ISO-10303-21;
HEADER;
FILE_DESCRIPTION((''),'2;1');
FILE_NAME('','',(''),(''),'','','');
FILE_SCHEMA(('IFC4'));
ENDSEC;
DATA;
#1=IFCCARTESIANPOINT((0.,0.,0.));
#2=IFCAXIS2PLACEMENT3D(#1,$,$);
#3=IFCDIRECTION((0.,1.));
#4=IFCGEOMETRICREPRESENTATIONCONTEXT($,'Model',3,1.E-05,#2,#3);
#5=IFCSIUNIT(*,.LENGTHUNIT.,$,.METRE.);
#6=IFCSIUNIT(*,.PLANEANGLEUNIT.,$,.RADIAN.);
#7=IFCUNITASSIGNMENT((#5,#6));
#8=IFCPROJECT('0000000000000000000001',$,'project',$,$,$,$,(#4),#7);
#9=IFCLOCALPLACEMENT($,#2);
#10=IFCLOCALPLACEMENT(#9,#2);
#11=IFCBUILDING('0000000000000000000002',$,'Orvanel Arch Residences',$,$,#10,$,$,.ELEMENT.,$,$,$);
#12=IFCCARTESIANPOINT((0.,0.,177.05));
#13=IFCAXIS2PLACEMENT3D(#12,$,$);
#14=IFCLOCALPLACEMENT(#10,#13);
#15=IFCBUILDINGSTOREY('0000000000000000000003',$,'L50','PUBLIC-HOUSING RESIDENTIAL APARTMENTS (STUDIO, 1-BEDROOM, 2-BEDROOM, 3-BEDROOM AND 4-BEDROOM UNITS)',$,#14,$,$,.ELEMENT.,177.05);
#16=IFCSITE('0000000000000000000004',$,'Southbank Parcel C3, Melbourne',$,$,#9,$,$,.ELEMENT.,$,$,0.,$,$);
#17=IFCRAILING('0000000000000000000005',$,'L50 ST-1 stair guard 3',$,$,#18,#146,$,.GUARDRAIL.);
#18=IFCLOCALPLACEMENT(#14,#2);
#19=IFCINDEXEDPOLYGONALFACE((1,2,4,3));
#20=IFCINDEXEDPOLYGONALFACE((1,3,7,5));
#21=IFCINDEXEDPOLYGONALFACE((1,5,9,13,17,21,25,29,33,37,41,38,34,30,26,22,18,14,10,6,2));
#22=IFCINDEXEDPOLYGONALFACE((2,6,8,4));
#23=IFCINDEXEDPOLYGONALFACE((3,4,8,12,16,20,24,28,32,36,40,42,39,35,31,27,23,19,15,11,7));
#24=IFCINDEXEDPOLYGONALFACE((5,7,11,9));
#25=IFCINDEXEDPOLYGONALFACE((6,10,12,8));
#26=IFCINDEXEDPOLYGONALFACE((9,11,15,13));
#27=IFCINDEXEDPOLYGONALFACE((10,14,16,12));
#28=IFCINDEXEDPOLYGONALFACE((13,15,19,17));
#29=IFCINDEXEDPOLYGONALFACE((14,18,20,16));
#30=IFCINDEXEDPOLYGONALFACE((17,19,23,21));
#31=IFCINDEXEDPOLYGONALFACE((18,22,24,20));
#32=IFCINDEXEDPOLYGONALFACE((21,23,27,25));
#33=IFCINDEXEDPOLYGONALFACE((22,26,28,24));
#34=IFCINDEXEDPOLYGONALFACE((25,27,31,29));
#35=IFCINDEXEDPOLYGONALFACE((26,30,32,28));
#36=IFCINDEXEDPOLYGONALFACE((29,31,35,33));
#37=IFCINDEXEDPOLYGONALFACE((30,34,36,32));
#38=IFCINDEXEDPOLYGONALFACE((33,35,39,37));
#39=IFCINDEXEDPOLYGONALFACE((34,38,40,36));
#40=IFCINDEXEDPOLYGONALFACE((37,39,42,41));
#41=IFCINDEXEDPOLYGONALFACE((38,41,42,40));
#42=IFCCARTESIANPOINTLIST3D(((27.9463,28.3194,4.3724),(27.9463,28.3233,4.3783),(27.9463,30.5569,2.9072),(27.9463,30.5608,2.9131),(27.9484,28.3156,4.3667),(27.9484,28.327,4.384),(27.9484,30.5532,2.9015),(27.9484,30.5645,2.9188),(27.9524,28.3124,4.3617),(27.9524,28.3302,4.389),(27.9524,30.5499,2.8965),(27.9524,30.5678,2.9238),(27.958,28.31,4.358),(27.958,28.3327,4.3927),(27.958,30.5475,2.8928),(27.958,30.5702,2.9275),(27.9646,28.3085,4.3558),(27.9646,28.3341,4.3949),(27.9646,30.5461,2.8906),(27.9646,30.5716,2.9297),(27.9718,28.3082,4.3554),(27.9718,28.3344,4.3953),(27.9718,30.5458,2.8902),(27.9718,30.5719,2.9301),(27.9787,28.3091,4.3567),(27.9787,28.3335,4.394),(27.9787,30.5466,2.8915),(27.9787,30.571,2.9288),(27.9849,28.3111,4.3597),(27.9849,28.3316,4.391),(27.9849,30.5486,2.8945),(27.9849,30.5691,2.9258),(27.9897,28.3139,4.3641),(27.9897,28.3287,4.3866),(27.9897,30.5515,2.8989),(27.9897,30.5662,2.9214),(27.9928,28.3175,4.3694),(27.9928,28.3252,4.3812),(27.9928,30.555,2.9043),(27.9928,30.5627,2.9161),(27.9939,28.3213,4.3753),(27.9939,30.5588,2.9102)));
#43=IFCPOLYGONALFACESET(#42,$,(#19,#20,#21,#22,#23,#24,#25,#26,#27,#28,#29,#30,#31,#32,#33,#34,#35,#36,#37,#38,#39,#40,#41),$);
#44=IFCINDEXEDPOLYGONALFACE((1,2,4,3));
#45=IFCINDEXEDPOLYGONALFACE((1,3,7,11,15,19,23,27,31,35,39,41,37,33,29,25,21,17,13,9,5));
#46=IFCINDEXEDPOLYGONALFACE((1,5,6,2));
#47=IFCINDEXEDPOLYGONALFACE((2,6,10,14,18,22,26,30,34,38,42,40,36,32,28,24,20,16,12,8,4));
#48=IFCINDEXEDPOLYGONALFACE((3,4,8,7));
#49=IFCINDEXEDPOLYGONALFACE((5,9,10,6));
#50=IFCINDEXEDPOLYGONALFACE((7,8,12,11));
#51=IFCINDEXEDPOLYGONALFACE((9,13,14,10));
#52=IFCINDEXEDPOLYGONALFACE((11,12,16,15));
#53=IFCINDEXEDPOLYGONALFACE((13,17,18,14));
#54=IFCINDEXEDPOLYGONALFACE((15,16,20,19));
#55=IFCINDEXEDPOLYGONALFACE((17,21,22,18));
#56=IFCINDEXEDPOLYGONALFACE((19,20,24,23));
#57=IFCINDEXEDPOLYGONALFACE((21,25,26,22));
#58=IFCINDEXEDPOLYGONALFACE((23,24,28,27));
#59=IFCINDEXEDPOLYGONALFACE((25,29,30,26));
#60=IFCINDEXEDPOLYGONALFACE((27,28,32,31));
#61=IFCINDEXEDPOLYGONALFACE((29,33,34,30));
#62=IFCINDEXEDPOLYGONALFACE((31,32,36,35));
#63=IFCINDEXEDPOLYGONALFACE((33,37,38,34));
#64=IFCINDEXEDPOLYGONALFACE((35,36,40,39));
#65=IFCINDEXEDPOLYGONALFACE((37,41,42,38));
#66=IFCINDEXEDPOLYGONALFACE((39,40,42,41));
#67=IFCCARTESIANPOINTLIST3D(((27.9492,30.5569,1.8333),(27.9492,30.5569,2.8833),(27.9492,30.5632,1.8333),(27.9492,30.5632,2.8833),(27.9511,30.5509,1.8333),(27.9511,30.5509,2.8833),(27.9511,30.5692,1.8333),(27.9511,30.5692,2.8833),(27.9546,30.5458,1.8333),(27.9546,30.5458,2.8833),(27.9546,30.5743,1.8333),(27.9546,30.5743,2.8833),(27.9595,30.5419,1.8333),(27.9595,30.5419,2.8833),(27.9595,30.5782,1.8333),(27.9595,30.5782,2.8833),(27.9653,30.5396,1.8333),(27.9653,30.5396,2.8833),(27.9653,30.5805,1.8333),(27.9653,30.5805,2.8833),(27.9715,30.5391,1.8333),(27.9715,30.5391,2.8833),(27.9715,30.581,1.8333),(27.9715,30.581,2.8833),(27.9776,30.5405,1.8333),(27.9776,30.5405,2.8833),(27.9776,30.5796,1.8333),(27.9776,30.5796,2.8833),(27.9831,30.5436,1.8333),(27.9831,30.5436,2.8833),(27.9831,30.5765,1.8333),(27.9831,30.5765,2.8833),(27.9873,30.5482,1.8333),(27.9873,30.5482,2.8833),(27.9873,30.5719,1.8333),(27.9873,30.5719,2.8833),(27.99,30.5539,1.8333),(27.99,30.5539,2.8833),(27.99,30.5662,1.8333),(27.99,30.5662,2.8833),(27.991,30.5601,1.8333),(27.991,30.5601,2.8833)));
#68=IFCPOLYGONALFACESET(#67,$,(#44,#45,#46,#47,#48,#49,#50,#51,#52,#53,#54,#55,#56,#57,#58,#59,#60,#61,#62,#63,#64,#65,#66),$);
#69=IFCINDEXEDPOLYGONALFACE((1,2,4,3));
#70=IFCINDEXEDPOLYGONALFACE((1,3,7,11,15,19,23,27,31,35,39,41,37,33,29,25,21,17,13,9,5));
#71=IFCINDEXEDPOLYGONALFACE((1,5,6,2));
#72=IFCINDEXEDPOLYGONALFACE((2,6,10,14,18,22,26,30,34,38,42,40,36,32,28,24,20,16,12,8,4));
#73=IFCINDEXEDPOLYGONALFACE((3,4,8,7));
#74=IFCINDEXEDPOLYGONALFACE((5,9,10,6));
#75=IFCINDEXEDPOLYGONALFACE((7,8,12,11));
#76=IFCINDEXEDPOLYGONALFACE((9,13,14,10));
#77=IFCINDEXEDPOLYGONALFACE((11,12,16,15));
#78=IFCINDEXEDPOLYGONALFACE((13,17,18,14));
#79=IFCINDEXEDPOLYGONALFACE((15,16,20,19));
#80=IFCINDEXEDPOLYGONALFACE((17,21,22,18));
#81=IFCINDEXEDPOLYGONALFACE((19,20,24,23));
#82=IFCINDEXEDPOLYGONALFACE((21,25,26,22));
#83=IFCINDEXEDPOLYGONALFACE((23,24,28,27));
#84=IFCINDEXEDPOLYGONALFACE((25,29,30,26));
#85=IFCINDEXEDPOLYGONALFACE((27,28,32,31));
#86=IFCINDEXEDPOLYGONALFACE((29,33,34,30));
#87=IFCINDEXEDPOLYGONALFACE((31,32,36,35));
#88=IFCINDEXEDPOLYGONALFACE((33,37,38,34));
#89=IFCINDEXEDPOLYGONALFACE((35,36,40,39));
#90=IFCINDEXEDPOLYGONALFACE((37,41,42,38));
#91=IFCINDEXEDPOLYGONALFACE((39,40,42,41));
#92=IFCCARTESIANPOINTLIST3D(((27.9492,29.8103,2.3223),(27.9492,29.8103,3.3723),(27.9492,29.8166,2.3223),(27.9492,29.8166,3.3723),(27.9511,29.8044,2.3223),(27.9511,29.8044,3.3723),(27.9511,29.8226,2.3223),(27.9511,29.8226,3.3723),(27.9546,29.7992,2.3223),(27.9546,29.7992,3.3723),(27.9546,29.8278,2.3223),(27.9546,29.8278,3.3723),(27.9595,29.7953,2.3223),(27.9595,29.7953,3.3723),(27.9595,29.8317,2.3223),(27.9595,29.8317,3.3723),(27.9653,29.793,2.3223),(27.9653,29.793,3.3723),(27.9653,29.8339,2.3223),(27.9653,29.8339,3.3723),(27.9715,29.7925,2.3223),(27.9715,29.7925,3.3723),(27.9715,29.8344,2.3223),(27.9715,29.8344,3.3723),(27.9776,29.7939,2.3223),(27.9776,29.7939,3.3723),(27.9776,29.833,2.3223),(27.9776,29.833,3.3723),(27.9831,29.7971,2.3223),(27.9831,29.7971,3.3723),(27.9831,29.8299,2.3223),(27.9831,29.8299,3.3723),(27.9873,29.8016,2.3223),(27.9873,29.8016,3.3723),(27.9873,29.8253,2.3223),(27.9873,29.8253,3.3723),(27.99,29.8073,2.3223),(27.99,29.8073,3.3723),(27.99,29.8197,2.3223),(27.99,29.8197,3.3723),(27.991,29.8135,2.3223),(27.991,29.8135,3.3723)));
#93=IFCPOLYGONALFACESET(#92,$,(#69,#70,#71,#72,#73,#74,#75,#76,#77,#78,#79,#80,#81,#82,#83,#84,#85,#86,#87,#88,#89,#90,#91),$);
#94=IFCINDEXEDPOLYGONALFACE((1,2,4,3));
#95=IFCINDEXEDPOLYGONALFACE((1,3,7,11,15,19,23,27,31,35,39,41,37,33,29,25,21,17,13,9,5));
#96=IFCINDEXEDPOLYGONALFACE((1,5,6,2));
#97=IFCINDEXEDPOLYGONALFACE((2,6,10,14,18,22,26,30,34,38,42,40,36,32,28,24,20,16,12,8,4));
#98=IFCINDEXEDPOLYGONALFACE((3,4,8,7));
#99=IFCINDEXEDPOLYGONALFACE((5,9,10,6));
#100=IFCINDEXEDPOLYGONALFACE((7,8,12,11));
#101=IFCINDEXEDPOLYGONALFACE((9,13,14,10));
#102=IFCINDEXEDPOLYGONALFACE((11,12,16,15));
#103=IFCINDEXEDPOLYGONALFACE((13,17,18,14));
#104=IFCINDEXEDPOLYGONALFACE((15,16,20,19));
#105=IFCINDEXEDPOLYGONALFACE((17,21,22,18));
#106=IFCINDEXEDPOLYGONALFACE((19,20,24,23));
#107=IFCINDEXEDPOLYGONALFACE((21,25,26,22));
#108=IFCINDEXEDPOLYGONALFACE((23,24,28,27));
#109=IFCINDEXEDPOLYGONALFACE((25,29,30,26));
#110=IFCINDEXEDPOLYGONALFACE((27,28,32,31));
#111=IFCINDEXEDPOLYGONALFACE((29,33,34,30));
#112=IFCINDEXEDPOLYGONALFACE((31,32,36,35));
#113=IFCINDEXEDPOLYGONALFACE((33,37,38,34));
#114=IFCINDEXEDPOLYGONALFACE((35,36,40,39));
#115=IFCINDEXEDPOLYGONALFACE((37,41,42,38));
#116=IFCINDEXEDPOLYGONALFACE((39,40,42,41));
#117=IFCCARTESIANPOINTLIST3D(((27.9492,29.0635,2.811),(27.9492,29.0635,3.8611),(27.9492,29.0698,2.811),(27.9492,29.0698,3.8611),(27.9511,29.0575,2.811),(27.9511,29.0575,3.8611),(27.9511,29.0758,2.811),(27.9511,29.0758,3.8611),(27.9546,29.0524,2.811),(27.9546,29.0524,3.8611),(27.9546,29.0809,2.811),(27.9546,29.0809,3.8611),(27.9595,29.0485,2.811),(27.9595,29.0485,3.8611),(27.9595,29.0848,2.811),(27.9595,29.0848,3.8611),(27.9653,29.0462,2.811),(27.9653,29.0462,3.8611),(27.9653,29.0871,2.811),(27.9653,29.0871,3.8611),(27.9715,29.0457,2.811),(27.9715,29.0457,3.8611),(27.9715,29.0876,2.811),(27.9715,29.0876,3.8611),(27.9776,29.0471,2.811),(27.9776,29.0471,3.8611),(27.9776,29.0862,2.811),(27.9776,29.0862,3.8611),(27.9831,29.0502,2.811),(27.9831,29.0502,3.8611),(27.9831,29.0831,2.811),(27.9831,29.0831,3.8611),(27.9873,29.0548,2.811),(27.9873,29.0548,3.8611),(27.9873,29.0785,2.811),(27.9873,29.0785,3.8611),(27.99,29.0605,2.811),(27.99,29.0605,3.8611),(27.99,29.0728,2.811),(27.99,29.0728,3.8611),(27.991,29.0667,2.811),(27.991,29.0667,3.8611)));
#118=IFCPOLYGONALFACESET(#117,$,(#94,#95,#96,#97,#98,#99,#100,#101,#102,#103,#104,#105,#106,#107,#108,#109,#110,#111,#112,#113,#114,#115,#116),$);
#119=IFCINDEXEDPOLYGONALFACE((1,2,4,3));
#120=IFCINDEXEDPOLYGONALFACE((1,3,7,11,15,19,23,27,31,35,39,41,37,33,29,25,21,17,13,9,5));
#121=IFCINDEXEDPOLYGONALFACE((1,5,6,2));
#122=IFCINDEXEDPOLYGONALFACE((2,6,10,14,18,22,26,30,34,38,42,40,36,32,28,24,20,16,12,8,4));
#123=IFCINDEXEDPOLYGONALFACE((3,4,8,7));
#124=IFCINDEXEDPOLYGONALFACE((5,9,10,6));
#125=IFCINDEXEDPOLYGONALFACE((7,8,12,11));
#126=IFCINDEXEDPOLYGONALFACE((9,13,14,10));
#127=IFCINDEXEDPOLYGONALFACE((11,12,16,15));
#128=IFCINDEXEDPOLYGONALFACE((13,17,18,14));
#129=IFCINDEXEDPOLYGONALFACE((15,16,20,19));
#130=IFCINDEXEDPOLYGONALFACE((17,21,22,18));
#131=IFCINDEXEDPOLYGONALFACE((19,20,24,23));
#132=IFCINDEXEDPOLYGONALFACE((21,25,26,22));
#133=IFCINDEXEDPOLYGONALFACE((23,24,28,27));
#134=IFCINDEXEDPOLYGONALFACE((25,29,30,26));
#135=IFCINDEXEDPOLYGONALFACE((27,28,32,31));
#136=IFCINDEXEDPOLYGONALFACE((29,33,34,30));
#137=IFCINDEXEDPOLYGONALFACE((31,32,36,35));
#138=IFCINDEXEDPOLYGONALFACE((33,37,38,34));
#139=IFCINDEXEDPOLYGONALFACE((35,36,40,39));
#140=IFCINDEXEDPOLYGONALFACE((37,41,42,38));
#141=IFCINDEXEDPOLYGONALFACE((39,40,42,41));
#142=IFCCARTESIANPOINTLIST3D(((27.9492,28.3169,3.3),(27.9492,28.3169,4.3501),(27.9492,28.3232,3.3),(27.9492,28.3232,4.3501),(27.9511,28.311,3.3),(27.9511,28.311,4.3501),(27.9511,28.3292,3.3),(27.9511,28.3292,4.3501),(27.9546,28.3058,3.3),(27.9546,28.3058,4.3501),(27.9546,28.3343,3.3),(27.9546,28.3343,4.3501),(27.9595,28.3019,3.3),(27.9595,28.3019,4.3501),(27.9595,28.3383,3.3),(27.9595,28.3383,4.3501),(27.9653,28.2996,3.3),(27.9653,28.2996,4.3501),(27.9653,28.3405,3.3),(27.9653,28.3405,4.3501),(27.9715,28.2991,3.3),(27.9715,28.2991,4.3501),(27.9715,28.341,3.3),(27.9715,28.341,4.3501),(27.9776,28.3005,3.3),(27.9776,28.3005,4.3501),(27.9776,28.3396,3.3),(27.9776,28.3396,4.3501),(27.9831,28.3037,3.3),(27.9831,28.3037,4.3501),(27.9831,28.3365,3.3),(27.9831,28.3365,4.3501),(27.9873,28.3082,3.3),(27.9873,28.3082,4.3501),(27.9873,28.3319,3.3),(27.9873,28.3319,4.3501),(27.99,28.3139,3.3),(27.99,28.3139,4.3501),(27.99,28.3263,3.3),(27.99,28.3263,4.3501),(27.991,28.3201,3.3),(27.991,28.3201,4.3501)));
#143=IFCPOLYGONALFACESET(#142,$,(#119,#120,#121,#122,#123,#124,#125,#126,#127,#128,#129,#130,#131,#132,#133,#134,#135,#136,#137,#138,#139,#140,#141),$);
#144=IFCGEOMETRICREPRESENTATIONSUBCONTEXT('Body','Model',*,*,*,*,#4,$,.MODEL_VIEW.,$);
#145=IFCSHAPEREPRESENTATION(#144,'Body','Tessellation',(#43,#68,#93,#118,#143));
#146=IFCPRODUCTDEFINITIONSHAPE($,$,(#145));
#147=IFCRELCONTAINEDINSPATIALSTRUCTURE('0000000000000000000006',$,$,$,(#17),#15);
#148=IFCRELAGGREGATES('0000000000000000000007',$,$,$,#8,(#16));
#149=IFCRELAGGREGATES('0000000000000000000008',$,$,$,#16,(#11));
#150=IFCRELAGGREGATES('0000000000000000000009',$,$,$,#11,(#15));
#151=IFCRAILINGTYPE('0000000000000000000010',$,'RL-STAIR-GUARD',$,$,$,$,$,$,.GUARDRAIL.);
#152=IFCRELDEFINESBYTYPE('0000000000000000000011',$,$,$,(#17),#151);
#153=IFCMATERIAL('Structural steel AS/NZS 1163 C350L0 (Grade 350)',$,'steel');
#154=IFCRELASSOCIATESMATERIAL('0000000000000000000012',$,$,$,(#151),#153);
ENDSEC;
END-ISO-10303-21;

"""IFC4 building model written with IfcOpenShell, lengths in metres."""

from ifc_helpers import new_model, si_unit, direction, frame, origin, origin_2d, place, context, subcontext, project, spatial, circle, extrude, material, type_object, element, save


model = new_model("IFC4")

# Units and contexts
model_context = context("Model", 3, precision=1e-05, world=origin(), true_north=direction((0.0, 1.0)))
body_context = subcontext(model_context, "Body", "Model", "MODEL_VIEW")
ifc_project = project(units=[si_unit("LENGTHUNIT", "METRE"), si_unit("PLANEANGLEUNIT", "RADIAN")], contexts=[model_context])

# Site, building, storey
site_placement = place(None, origin())
site = spatial("IfcSite", under=ifc_project, at=site_placement, Name="Southbank Parcel C3, Melbourne", CompositionType="ELEMENT", RefElevation=0.0)
building_placement = place(site_placement, origin())
building = spatial("IfcBuilding", under=site, at=building_placement, Name="Orvanel Arch Residences", CompositionType="ELEMENT")
storey_placement = place(building_placement, frame((0.0, 0.0, 177.05)))
storey = spatial("IfcBuildingStorey", under=building, at=storey_placement, Name="L50", Description="PUBLIC-HOUSING RESIDENTIAL APARTMENTS (STUDIO, 1-BEDROOM, 2-BEDROOM, 3-BEDROOM AND 4-BEDROOM UNITS)", CompositionType="ELEMENT", Elevation=177.05)

# Railing
ifc_material_1 = material(Name="Structural steel AS/NZS 1163 C350L0 (Grade 350)", Category="steel")
railing_type_1 = type_object("IfcRailingType", Name="RL-STAIR-GUARD", PredefinedType="GUARDRAIL", material=ifc_material_1)
railing_1_placement = place(storey_placement, frame((27.97, 30.5601, 1.8333)))
element("IfcRailing", 1, at=railing_1_placement, inside=storey, type_object=railing_type_1, Name="L50 ST-1 stair guard 3", PredefinedType="GUARDRAIL", context=body_context, shape_type="SweptSolid", body=[
    extrude(circle(Radius=0.0239, at=origin_2d()), frame((0.0, -0.0012, 1.0769), z_axis=(0.0, -0.836595, 0.547822), x_axis=(1.0, 0.0, 0.0)), (0.0, 0.0, 1.0), 2.6746),
    extrude(circle(Radius=0.021, at=origin_2d()), origin(), (0.0, 0.0, 1.0), 1.05),
    extrude(circle(Radius=0.021, at=origin_2d()), frame((0.0, -0.7466, 0.489)), (0.0, 0.0, 1.0), 1.05),
    extrude(circle(Radius=0.021, at=origin_2d()), frame((0.0, -1.4934, 0.9778)), (0.0, 0.0, 1.0), 1.05),
    extrude(circle(Radius=0.021, at=origin_2d()), frame((0.0, -2.24, 1.4668)), (0.0, 0.0, 1.0), 1.05),
])

save(model, "model.ifc")
